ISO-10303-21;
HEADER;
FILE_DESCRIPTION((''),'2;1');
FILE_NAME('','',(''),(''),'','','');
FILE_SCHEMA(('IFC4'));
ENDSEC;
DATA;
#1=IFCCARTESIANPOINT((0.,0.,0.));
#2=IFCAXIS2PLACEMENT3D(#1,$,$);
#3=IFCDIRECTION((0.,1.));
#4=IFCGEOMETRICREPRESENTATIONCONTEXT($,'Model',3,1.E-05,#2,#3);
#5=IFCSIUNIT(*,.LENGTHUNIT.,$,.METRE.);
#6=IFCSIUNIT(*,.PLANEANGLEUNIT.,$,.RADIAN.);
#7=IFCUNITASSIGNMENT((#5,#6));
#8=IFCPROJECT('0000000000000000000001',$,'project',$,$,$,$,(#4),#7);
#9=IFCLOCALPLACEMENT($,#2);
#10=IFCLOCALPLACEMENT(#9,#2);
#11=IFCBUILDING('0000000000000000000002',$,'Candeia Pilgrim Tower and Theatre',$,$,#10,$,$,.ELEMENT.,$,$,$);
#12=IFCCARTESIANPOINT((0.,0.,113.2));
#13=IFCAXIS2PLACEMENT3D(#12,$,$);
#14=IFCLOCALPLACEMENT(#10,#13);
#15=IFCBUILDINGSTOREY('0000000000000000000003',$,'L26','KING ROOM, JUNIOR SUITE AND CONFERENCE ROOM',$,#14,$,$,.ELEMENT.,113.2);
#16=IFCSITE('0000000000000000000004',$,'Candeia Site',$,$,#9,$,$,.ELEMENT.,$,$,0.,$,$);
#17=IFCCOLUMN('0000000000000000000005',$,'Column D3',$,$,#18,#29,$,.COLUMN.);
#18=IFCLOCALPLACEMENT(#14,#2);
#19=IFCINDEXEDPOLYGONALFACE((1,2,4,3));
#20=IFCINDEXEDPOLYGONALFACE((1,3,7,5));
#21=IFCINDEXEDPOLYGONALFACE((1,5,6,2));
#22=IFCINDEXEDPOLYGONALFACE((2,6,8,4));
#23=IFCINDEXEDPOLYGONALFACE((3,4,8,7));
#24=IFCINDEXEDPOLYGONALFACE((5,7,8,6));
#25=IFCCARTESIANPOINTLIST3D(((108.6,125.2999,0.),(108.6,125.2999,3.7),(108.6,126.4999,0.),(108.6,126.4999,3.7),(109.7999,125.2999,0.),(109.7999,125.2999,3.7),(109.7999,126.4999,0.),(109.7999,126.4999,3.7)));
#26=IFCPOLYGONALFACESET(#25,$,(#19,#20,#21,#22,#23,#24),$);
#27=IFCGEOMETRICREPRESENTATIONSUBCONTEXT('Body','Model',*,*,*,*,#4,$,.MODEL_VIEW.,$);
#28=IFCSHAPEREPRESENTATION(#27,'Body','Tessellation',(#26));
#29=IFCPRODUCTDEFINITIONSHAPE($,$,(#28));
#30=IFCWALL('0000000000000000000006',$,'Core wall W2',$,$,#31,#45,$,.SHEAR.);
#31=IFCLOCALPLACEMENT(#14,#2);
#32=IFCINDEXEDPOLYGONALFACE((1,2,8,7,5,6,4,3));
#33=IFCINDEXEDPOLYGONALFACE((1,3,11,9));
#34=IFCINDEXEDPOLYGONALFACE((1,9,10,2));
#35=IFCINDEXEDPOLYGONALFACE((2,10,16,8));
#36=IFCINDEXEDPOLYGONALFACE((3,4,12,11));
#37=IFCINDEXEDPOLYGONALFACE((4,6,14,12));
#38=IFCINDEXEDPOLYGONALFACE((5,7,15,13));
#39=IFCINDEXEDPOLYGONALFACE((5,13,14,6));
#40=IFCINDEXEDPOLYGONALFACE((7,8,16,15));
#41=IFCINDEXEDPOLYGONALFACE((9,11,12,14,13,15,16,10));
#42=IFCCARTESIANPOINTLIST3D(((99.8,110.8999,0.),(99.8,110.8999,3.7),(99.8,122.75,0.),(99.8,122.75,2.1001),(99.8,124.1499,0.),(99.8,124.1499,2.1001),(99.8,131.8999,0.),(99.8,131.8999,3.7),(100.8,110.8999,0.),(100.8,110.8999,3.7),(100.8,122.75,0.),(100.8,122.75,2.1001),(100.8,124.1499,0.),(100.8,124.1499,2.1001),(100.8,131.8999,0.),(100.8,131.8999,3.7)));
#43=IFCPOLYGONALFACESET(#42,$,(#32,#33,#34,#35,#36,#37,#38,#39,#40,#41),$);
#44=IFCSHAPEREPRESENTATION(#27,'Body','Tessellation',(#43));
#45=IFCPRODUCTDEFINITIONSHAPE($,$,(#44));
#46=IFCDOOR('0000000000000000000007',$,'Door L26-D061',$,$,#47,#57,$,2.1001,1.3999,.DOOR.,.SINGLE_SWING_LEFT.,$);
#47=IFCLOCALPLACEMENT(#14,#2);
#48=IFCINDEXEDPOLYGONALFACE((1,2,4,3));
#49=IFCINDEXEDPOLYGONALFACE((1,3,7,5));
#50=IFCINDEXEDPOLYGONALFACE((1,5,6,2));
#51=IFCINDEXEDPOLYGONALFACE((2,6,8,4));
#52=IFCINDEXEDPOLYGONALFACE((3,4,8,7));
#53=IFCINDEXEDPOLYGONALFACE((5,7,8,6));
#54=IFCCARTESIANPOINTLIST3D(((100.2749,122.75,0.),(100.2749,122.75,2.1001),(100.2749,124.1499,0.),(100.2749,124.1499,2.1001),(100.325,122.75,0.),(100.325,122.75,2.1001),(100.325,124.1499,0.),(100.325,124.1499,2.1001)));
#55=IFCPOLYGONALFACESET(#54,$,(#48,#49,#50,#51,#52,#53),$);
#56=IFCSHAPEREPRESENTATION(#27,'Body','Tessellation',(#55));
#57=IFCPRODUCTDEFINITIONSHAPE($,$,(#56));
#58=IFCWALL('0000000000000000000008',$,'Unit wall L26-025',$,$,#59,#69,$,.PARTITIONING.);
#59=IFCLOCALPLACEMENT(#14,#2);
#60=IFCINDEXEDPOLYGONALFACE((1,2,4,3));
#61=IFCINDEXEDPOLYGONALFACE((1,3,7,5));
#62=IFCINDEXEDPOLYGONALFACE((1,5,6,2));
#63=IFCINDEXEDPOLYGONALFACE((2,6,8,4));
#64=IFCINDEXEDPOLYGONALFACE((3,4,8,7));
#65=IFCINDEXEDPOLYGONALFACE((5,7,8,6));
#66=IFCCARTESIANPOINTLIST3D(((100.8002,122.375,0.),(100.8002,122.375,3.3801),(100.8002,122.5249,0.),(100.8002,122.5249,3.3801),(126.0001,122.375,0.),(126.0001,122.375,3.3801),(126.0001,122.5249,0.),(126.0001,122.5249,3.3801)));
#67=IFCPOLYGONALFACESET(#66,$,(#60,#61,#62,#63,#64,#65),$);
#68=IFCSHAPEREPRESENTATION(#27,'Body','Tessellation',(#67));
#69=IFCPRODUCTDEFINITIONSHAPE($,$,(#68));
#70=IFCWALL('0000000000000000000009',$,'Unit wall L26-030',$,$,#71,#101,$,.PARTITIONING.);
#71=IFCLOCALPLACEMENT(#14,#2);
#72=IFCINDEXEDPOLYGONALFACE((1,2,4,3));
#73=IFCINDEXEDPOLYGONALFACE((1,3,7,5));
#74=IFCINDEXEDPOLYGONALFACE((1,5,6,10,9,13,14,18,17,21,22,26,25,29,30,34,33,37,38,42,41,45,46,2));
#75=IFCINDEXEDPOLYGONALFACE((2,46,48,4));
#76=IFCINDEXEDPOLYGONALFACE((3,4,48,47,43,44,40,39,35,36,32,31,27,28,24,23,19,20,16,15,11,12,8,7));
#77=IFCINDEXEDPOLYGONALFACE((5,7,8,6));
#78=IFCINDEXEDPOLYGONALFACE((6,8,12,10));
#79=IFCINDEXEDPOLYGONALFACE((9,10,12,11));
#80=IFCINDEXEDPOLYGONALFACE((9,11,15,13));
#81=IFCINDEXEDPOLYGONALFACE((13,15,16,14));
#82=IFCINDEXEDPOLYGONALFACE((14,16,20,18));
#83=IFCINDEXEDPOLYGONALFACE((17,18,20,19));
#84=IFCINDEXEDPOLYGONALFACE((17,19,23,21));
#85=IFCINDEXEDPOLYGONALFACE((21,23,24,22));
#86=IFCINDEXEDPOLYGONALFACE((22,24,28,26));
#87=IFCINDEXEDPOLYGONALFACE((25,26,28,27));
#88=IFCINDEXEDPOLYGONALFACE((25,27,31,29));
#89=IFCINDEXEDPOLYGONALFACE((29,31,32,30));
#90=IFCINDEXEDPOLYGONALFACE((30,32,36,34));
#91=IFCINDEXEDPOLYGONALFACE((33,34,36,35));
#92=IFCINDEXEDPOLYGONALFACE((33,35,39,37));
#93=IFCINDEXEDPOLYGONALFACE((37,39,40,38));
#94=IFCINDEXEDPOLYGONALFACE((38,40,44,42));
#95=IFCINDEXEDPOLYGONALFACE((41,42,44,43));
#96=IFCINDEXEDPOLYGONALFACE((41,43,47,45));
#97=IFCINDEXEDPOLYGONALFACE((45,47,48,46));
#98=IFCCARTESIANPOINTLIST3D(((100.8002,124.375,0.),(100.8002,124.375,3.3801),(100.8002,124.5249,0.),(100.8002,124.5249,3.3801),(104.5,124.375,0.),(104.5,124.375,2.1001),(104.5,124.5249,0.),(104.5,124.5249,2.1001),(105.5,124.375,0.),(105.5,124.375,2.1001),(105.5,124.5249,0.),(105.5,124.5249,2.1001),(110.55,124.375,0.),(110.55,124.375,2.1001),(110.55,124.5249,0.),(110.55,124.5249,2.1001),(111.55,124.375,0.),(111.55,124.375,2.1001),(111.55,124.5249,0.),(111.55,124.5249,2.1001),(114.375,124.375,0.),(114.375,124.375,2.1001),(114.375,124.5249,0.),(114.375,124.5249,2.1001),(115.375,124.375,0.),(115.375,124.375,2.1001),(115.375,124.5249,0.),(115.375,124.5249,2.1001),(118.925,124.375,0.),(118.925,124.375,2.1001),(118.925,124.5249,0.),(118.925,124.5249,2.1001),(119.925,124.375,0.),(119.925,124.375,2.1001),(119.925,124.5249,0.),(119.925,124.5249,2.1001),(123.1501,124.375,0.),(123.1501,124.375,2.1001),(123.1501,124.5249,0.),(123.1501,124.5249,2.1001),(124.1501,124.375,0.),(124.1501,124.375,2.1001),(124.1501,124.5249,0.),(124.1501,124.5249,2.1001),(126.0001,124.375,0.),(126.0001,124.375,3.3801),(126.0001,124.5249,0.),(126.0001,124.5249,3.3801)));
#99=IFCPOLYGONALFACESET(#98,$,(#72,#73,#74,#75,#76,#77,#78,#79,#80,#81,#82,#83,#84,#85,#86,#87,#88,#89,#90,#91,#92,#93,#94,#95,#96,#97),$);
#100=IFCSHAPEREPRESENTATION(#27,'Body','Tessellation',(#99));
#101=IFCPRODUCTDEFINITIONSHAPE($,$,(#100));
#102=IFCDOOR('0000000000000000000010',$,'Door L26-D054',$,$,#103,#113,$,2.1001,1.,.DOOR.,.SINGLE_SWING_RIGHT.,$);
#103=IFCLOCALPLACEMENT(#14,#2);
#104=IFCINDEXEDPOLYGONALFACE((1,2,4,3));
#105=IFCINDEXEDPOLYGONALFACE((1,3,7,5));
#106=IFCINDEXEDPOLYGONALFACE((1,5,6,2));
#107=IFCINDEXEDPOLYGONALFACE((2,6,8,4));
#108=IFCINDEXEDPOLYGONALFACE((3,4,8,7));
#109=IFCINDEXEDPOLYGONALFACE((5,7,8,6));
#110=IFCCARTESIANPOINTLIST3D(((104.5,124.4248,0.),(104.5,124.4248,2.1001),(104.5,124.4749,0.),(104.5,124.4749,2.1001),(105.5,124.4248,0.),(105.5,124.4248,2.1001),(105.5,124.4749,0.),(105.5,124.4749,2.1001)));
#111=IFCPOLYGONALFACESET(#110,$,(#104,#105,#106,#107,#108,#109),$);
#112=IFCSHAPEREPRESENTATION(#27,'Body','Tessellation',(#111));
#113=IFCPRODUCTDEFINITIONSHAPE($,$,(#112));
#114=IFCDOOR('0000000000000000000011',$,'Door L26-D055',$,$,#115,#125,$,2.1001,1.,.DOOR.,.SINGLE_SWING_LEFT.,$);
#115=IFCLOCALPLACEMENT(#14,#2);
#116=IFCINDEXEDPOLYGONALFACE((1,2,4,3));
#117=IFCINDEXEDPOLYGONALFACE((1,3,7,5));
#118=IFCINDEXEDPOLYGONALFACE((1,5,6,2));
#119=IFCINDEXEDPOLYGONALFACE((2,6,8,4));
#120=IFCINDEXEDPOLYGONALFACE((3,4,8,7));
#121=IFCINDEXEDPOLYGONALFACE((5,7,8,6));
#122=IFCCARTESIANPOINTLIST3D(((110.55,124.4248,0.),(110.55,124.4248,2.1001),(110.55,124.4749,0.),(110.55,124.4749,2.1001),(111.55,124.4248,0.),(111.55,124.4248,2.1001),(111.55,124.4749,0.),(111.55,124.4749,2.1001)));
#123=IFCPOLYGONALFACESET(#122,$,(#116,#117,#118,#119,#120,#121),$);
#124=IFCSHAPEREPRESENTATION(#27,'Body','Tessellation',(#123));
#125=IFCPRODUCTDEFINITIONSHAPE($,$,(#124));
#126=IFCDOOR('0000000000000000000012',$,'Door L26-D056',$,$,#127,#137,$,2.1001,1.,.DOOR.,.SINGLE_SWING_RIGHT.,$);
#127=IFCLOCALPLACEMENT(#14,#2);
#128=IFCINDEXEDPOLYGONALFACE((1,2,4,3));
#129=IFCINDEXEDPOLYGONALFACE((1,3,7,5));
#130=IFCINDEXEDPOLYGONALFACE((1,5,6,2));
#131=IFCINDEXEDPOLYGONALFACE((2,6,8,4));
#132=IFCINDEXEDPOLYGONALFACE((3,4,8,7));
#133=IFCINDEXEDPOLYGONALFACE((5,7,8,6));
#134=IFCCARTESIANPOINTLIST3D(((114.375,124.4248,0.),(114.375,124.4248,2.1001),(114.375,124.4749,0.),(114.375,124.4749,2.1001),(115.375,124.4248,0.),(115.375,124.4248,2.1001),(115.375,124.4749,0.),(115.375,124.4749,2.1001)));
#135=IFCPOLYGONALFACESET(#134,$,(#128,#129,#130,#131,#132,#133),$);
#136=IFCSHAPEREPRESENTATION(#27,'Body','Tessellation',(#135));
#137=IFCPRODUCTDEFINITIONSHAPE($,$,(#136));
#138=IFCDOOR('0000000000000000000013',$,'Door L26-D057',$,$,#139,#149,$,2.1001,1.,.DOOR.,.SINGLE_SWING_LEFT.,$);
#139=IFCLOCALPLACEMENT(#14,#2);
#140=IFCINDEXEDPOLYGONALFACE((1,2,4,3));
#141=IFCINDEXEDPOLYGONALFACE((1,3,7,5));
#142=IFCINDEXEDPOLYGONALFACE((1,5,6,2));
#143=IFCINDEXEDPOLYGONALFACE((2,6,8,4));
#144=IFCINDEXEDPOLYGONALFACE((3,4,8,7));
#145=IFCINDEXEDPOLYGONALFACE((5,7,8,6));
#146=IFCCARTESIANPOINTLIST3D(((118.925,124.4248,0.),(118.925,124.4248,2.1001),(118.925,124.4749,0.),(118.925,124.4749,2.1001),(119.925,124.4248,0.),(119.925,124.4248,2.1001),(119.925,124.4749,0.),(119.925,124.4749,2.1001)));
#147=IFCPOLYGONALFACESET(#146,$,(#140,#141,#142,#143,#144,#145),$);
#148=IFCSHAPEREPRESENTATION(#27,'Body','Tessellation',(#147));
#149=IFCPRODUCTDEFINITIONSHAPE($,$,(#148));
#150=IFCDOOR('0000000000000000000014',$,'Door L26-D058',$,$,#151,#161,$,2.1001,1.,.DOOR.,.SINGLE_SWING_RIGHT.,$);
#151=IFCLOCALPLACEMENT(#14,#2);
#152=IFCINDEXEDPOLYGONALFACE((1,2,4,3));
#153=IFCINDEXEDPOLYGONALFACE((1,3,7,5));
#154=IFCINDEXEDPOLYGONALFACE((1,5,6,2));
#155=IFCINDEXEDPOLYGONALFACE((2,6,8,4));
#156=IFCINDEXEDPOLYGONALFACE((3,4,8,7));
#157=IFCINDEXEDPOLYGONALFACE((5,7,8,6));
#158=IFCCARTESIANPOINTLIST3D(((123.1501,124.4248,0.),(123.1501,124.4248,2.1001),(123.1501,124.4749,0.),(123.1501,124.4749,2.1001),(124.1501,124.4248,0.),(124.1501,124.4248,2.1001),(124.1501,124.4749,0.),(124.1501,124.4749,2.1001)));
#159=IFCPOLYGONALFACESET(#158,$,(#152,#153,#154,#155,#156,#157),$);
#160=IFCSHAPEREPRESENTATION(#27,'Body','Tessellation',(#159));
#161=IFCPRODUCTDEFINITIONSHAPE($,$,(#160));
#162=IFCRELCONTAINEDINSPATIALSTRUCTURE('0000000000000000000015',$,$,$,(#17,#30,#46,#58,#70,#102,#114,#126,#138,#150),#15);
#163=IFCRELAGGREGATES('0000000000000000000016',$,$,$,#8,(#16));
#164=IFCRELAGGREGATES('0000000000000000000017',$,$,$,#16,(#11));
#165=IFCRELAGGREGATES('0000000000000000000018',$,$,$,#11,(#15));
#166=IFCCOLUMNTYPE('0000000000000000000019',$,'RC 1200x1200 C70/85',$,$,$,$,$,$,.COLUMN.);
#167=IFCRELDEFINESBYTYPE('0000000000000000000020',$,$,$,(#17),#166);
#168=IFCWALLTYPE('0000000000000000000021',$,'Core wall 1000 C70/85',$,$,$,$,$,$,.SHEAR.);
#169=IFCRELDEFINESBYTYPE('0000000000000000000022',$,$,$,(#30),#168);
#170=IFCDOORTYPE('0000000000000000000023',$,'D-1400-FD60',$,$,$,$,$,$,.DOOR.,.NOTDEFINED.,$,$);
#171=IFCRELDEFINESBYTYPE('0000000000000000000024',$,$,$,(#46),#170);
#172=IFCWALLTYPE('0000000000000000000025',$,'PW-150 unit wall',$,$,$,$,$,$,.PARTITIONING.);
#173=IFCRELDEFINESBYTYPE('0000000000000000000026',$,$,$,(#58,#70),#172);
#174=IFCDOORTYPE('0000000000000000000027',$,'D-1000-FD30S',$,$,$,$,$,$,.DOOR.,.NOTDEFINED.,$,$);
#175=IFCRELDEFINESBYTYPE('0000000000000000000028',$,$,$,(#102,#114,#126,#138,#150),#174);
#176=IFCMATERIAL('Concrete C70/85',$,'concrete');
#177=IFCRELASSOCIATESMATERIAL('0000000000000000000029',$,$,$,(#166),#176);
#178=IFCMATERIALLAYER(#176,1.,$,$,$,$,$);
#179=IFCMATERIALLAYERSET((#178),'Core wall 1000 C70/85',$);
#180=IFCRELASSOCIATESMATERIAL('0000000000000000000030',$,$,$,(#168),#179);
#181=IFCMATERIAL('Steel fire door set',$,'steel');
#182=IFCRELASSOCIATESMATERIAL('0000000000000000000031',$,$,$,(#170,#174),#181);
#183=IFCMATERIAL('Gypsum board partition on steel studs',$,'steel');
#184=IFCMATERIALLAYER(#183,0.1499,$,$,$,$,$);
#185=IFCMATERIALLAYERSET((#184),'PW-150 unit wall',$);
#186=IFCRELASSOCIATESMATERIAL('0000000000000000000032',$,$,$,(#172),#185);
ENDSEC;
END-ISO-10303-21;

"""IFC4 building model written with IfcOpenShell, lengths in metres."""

from ifc_helpers import new_model, si_unit, direction, frame, frame_2d, origin, origin_2d, place, context, subcontext, project, spatial, rectangle, extrude, material, layer, layer_set, material_profile, profile_set, type_object, element, fill, save


model = new_model("IFC4")

# Units and contexts
model_context = context("Model", 3, precision=1e-05, world=origin(), true_north=direction((0.0, 1.0)))
body_context = subcontext(model_context, "Body", "Model", "MODEL_VIEW")
ifc_project = project(units=[si_unit("LENGTHUNIT", "METRE"), si_unit("PLANEANGLEUNIT", "RADIAN")], contexts=[model_context])

# Site, building, storey
site_placement = place(None, origin())
site = spatial("IfcSite", under=ifc_project, at=site_placement, Name="Candeia Site", CompositionType="ELEMENT", RefElevation=0.0)
building_placement = place(site_placement, origin())
building = spatial("IfcBuilding", under=site, at=building_placement, Name="Candeia Pilgrim Tower and Theatre", CompositionType="ELEMENT")
storey_placement = place(building_placement, frame((0.0, 0.0, 113.2)))
storey = spatial("IfcBuildingStorey", under=building, at=storey_placement, Name="L26", Description="KING ROOM, JUNIOR SUITE AND CONFERENCE ROOM", CompositionType="ELEMENT", Elevation=113.2)

# Column
ifc_material_1 = material(Name="Concrete C70/85", Category="concrete")
ifc_material_profile = material_profile(ifc_material_1, rectangle(XDim=1.2, YDim=1.2, at=origin_2d()))
ifc_profile_set = profile_set([ifc_material_profile], Name="Concrete C70/85")
column_type = type_object("IfcColumnType", Name="RC 1200x1200 C70/85", PredefinedType="COLUMN", material=ifc_profile_set)
column_placement = place(storey_placement, frame((109.2, 125.8999, 0.0), z_axis=(0.0, 0.0, 1.0), x_axis=(1.0, 0.0, 0.0)))
element("IfcColumn", 1, at=column_placement, inside=storey, type_object=column_type, Name="Column D3", PredefinedType="COLUMN", context=body_context, shape_type="SweptSolid", body=[
    extrude(rectangle(XDim=1.2, YDim=1.2, at=origin_2d()), origin(), (0.0, 0.0, 1.0), 3.7),
])

# Wall, opening, door
ifc_layer_1 = layer(ifc_material_1, 1.0)
ifc_layer_set_1 = layer_set([ifc_layer_1], Name="Core wall 1000 C70/85")
wall_type_1 = type_object("IfcWallType", Name="Core wall 1000 C70/85", PredefinedType="SHEAR", material=ifc_layer_set_1)
wall_1_placement = place(storey_placement, frame((100.3, 131.8999, 0.0), z_axis=(0.0, 0.0, 1.0), x_axis=(0.0, -1.0, 0.0)))
wall_1 = element("IfcWall", 2, at=wall_1_placement, inside=storey, type_object=wall_type_1, Name="Core wall W2", PredefinedType="SHEAR", context=body_context, shape_type="SweptSolid", body=[
    extrude(rectangle(XDim=21.0, YDim=1.0, at=frame_2d((10.5, 0.0))), origin(), (0.0, 0.0, 1.0), 3.7),
])
opening_1_placement = place(wall_1_placement, frame((7.75, 0.0, 0.0)))
opening_1 = element("IfcOpeningElement", 3, at=opening_1_placement, cuts=wall_1, PredefinedType="OPENING", context=body_context, shape_type="SweptSolid", body=[
    extrude(rectangle(XDim=1.3999, YDim=2.1001, at=frame_2d((0.7, 1.05))), frame((0.0, 0.51, 0.0), z_axis=(0.0, -1.0, 0.0), x_axis=(1.0, 0.0, 0.0)), (0.0, 0.0, 1.0), 1.02),
])
ifc_material_2 = material(Name="Steel fire door set", Category="steel")
door_type_1 = type_object("IfcDoorType", Name="D-1400-FD60", OperationType="NOTDEFINED", PredefinedType="DOOR", material=ifc_material_2)
door_1_placement = place(opening_1_placement, origin())
door_1 = element("IfcDoor", 4, at=door_1_placement, inside=storey, type_object=door_type_1, Name="Door L26-D061", OperationType="SINGLE_SWING_LEFT", OverallHeight=2.1001, OverallWidth=1.3999, PredefinedType="DOOR", context=body_context, shape_type="SweptSolid", body=[
    extrude(rectangle(XDim=1.3999, YDim=2.1001, at=frame_2d((0.7, 1.05))), frame((0.0, 0.0249, 0.0), z_axis=(0.0, -1.0, 0.0), x_axis=(1.0, 0.0, 0.0)), (0.0, 0.0, 1.0), 0.05),
])
fill(opening_1, door_1)

# Wall
ifc_material_3 = material(Name="Gypsum board partition on steel studs", Category="steel")
ifc_layer_2 = layer(ifc_material_3, 0.1499)
ifc_layer_set_2 = layer_set([ifc_layer_2], Name="PW-150 unit wall")
wall_type_2 = type_object("IfcWallType", Name="PW-150 unit wall", PredefinedType="PARTITIONING", material=ifc_layer_set_2)
wall_2_placement = place(storey_placement, frame((100.8, 122.45, 0.0), z_axis=(0.0, 0.0, 1.0), x_axis=(1.0, 0.0, 0.0)))
element("IfcWall", 5, at=wall_2_placement, inside=storey, type_object=wall_type_2, Name="Unit wall L26-025", PredefinedType="PARTITIONING", context=body_context, shape_type="SweptSolid", body=[
    extrude(rectangle(XDim=25.2, YDim=0.1499, at=frame_2d((12.6001, 0.0))), origin(), (0.0, 0.0, 1.0), 3.3801),
])

# Wall, openings, doors
wall_3_placement = place(storey_placement, frame((100.8, 124.45, 0.0), z_axis=(0.0, 0.0, 1.0), x_axis=(1.0, 0.0, 0.0)))
wall_3 = element("IfcWall", 6, at=wall_3_placement, inside=storey, type_object=wall_type_2, Name="Unit wall L26-030", PredefinedType="PARTITIONING", context=body_context, shape_type="SweptSolid", body=[
    extrude(rectangle(XDim=25.2, YDim=0.1499, at=frame_2d((12.6001, 0.0))), origin(), (0.0, 0.0, 1.0), 3.3801),
])
opening_2_placement = place(wall_3_placement, frame((3.7, 0.0, 0.0)))
opening_2 = element("IfcOpeningElement", 7, at=opening_2_placement, cuts=wall_3, PredefinedType="OPENING", context=body_context, shape_type="SweptSolid", body=[
    extrude(rectangle(XDim=1.0, YDim=2.1001, at=frame_2d((0.5, 1.05))), frame((0.0, 0.085, 0.0), z_axis=(0.0, -1.0, 0.0), x_axis=(1.0, 0.0, 0.0)), (0.0, 0.0, 1.0), 0.1699),
])
opening_3_placement = place(wall_3_placement, frame((9.75, 0.0, 0.0)))
opening_3 = element("IfcOpeningElement", 8, at=opening_3_placement, cuts=wall_3, PredefinedType="OPENING", context=body_context, shape_type="SweptSolid", body=[
    extrude(rectangle(XDim=1.0, YDim=2.1001, at=frame_2d((0.5, 1.05))), frame((0.0, 0.085, 0.0), z_axis=(0.0, -1.0, 0.0), x_axis=(1.0, 0.0, 0.0)), (0.0, 0.0, 1.0), 0.1699),
])
opening_4_placement = place(wall_3_placement, frame((13.575, 0.0, 0.0)))
opening_4 = element("IfcOpeningElement", 9, at=opening_4_placement, cuts=wall_3, PredefinedType="OPENING", context=body_context, shape_type="SweptSolid", body=[
    extrude(rectangle(XDim=1.0, YDim=2.1001, at=frame_2d((0.5, 1.05))), frame((0.0, 0.085, 0.0), z_axis=(0.0, -1.0, 0.0), x_axis=(1.0, 0.0, 0.0)), (0.0, 0.0, 1.0), 0.1699),
])
opening_5_placement = place(wall_3_placement, frame((18.125, 0.0, 0.0)))
opening_5 = element("IfcOpeningElement", 10, at=opening_5_placement, cuts=wall_3, PredefinedType="OPENING", context=body_context, shape_type="SweptSolid", body=[
    extrude(rectangle(XDim=1.0, YDim=2.1001, at=frame_2d((0.5, 1.05))), frame((0.0, 0.085, 0.0), z_axis=(0.0, -1.0, 0.0), x_axis=(1.0, 0.0, 0.0)), (0.0, 0.0, 1.0), 0.1699),
])
opening_6_placement = place(wall_3_placement, frame((22.3501, 0.0, 0.0)))
opening_6 = element("IfcOpeningElement", 11, at=opening_6_placement, cuts=wall_3, PredefinedType="OPENING", context=body_context, shape_type="SweptSolid", body=[
    extrude(rectangle(XDim=1.0, YDim=2.1001, at=frame_2d((0.5, 1.05))), frame((0.0, 0.085, 0.0), z_axis=(0.0, -1.0, 0.0), x_axis=(1.0, 0.0, 0.0)), (0.0, 0.0, 1.0), 0.1699),
])
door_type_2 = type_object("IfcDoorType", Name="D-1000-FD30S", OperationType="NOTDEFINED", PredefinedType="DOOR", material=ifc_material_2)
door_2_placement = place(opening_2_placement, origin())
door_2 = element("IfcDoor", 12, at=door_2_placement, inside=storey, type_object=door_type_2, Name="Door L26-D054", OperationType="SINGLE_SWING_RIGHT", OverallHeight=2.1001, OverallWidth=1.0, PredefinedType="DOOR", context=body_context, shape_type="SweptSolid", body=[
    extrude(rectangle(XDim=1.0, YDim=2.1001, at=frame_2d((0.5, 1.05))), frame((0.0, 0.0249, 0.0), z_axis=(0.0, -1.0, 0.0), x_axis=(1.0, 0.0, 0.0)), (0.0, 0.0, 1.0), 0.05),
])
fill(opening_2, door_2)
door_3_placement = place(opening_3_placement, origin())
door_3 = element("IfcDoor", 13, at=door_3_placement, inside=storey, type_object=door_type_2, Name="Door L26-D055", OperationType="SINGLE_SWING_LEFT", OverallHeight=2.1001, OverallWidth=1.0, PredefinedType="DOOR", context=body_context, shape_type="SweptSolid", body=[
    extrude(rectangle(XDim=1.0, YDim=2.1001, at=frame_2d((0.5, 1.05))), frame((0.0, 0.0249, 0.0), z_axis=(0.0, -1.0, 0.0), x_axis=(1.0, 0.0, 0.0)), (0.0, 0.0, 1.0), 0.05),
])
fill(opening_3, door_3)
door_4_placement = place(opening_4_placement, origin())
door_4 = element("IfcDoor", 14, at=door_4_placement, inside=storey, type_object=door_type_2, Name="Door L26-D056", OperationType="SINGLE_SWING_RIGHT", OverallHeight=2.1001, OverallWidth=1.0, PredefinedType="DOOR", context=body_context, shape_type="SweptSolid", body=[
    extrude(rectangle(XDim=1.0, YDim=2.1001, at=frame_2d((0.5, 1.05))), frame((0.0, 0.0249, 0.0), z_axis=(0.0, -1.0, 0.0), x_axis=(1.0, 0.0, 0.0)), (0.0, 0.0, 1.0), 0.05),
])
fill(opening_4, door_4)
door_5_placement = place(opening_5_placement, origin())
door_5 = element("IfcDoor", 15, at=door_5_placement, inside=storey, type_object=door_type_2, Name="Door L26-D057", OperationType="SINGLE_SWING_LEFT", OverallHeight=2.1001, OverallWidth=1.0, PredefinedType="DOOR", context=body_context, shape_type="SweptSolid", body=[
    extrude(rectangle(XDim=1.0, YDim=2.1001, at=frame_2d((0.5, 1.05))), frame((0.0, 0.0249, 0.0), z_axis=(0.0, -1.0, 0.0), x_axis=(1.0, 0.0, 0.0)), (0.0, 0.0, 1.0), 0.05),
])
fill(opening_5, door_5)
door_6_placement = place(opening_6_placement, origin())
door_6 = element("IfcDoor", 16, at=door_6_placement, inside=storey, type_object=door_type_2, Name="Door L26-D058", OperationType="SINGLE_SWING_RIGHT", OverallHeight=2.1001, OverallWidth=1.0, PredefinedType="DOOR", context=body_context, shape_type="SweptSolid", body=[
    extrude(rectangle(XDim=1.0, YDim=2.1001, at=frame_2d((0.5, 1.05))), frame((0.0, 0.0249, 0.0), z_axis=(0.0, -1.0, 0.0), x_axis=(1.0, 0.0, 0.0)), (0.0, 0.0, 1.0), 0.05),
])
fill(opening_6, door_6)

save(model, "model.ifc")
